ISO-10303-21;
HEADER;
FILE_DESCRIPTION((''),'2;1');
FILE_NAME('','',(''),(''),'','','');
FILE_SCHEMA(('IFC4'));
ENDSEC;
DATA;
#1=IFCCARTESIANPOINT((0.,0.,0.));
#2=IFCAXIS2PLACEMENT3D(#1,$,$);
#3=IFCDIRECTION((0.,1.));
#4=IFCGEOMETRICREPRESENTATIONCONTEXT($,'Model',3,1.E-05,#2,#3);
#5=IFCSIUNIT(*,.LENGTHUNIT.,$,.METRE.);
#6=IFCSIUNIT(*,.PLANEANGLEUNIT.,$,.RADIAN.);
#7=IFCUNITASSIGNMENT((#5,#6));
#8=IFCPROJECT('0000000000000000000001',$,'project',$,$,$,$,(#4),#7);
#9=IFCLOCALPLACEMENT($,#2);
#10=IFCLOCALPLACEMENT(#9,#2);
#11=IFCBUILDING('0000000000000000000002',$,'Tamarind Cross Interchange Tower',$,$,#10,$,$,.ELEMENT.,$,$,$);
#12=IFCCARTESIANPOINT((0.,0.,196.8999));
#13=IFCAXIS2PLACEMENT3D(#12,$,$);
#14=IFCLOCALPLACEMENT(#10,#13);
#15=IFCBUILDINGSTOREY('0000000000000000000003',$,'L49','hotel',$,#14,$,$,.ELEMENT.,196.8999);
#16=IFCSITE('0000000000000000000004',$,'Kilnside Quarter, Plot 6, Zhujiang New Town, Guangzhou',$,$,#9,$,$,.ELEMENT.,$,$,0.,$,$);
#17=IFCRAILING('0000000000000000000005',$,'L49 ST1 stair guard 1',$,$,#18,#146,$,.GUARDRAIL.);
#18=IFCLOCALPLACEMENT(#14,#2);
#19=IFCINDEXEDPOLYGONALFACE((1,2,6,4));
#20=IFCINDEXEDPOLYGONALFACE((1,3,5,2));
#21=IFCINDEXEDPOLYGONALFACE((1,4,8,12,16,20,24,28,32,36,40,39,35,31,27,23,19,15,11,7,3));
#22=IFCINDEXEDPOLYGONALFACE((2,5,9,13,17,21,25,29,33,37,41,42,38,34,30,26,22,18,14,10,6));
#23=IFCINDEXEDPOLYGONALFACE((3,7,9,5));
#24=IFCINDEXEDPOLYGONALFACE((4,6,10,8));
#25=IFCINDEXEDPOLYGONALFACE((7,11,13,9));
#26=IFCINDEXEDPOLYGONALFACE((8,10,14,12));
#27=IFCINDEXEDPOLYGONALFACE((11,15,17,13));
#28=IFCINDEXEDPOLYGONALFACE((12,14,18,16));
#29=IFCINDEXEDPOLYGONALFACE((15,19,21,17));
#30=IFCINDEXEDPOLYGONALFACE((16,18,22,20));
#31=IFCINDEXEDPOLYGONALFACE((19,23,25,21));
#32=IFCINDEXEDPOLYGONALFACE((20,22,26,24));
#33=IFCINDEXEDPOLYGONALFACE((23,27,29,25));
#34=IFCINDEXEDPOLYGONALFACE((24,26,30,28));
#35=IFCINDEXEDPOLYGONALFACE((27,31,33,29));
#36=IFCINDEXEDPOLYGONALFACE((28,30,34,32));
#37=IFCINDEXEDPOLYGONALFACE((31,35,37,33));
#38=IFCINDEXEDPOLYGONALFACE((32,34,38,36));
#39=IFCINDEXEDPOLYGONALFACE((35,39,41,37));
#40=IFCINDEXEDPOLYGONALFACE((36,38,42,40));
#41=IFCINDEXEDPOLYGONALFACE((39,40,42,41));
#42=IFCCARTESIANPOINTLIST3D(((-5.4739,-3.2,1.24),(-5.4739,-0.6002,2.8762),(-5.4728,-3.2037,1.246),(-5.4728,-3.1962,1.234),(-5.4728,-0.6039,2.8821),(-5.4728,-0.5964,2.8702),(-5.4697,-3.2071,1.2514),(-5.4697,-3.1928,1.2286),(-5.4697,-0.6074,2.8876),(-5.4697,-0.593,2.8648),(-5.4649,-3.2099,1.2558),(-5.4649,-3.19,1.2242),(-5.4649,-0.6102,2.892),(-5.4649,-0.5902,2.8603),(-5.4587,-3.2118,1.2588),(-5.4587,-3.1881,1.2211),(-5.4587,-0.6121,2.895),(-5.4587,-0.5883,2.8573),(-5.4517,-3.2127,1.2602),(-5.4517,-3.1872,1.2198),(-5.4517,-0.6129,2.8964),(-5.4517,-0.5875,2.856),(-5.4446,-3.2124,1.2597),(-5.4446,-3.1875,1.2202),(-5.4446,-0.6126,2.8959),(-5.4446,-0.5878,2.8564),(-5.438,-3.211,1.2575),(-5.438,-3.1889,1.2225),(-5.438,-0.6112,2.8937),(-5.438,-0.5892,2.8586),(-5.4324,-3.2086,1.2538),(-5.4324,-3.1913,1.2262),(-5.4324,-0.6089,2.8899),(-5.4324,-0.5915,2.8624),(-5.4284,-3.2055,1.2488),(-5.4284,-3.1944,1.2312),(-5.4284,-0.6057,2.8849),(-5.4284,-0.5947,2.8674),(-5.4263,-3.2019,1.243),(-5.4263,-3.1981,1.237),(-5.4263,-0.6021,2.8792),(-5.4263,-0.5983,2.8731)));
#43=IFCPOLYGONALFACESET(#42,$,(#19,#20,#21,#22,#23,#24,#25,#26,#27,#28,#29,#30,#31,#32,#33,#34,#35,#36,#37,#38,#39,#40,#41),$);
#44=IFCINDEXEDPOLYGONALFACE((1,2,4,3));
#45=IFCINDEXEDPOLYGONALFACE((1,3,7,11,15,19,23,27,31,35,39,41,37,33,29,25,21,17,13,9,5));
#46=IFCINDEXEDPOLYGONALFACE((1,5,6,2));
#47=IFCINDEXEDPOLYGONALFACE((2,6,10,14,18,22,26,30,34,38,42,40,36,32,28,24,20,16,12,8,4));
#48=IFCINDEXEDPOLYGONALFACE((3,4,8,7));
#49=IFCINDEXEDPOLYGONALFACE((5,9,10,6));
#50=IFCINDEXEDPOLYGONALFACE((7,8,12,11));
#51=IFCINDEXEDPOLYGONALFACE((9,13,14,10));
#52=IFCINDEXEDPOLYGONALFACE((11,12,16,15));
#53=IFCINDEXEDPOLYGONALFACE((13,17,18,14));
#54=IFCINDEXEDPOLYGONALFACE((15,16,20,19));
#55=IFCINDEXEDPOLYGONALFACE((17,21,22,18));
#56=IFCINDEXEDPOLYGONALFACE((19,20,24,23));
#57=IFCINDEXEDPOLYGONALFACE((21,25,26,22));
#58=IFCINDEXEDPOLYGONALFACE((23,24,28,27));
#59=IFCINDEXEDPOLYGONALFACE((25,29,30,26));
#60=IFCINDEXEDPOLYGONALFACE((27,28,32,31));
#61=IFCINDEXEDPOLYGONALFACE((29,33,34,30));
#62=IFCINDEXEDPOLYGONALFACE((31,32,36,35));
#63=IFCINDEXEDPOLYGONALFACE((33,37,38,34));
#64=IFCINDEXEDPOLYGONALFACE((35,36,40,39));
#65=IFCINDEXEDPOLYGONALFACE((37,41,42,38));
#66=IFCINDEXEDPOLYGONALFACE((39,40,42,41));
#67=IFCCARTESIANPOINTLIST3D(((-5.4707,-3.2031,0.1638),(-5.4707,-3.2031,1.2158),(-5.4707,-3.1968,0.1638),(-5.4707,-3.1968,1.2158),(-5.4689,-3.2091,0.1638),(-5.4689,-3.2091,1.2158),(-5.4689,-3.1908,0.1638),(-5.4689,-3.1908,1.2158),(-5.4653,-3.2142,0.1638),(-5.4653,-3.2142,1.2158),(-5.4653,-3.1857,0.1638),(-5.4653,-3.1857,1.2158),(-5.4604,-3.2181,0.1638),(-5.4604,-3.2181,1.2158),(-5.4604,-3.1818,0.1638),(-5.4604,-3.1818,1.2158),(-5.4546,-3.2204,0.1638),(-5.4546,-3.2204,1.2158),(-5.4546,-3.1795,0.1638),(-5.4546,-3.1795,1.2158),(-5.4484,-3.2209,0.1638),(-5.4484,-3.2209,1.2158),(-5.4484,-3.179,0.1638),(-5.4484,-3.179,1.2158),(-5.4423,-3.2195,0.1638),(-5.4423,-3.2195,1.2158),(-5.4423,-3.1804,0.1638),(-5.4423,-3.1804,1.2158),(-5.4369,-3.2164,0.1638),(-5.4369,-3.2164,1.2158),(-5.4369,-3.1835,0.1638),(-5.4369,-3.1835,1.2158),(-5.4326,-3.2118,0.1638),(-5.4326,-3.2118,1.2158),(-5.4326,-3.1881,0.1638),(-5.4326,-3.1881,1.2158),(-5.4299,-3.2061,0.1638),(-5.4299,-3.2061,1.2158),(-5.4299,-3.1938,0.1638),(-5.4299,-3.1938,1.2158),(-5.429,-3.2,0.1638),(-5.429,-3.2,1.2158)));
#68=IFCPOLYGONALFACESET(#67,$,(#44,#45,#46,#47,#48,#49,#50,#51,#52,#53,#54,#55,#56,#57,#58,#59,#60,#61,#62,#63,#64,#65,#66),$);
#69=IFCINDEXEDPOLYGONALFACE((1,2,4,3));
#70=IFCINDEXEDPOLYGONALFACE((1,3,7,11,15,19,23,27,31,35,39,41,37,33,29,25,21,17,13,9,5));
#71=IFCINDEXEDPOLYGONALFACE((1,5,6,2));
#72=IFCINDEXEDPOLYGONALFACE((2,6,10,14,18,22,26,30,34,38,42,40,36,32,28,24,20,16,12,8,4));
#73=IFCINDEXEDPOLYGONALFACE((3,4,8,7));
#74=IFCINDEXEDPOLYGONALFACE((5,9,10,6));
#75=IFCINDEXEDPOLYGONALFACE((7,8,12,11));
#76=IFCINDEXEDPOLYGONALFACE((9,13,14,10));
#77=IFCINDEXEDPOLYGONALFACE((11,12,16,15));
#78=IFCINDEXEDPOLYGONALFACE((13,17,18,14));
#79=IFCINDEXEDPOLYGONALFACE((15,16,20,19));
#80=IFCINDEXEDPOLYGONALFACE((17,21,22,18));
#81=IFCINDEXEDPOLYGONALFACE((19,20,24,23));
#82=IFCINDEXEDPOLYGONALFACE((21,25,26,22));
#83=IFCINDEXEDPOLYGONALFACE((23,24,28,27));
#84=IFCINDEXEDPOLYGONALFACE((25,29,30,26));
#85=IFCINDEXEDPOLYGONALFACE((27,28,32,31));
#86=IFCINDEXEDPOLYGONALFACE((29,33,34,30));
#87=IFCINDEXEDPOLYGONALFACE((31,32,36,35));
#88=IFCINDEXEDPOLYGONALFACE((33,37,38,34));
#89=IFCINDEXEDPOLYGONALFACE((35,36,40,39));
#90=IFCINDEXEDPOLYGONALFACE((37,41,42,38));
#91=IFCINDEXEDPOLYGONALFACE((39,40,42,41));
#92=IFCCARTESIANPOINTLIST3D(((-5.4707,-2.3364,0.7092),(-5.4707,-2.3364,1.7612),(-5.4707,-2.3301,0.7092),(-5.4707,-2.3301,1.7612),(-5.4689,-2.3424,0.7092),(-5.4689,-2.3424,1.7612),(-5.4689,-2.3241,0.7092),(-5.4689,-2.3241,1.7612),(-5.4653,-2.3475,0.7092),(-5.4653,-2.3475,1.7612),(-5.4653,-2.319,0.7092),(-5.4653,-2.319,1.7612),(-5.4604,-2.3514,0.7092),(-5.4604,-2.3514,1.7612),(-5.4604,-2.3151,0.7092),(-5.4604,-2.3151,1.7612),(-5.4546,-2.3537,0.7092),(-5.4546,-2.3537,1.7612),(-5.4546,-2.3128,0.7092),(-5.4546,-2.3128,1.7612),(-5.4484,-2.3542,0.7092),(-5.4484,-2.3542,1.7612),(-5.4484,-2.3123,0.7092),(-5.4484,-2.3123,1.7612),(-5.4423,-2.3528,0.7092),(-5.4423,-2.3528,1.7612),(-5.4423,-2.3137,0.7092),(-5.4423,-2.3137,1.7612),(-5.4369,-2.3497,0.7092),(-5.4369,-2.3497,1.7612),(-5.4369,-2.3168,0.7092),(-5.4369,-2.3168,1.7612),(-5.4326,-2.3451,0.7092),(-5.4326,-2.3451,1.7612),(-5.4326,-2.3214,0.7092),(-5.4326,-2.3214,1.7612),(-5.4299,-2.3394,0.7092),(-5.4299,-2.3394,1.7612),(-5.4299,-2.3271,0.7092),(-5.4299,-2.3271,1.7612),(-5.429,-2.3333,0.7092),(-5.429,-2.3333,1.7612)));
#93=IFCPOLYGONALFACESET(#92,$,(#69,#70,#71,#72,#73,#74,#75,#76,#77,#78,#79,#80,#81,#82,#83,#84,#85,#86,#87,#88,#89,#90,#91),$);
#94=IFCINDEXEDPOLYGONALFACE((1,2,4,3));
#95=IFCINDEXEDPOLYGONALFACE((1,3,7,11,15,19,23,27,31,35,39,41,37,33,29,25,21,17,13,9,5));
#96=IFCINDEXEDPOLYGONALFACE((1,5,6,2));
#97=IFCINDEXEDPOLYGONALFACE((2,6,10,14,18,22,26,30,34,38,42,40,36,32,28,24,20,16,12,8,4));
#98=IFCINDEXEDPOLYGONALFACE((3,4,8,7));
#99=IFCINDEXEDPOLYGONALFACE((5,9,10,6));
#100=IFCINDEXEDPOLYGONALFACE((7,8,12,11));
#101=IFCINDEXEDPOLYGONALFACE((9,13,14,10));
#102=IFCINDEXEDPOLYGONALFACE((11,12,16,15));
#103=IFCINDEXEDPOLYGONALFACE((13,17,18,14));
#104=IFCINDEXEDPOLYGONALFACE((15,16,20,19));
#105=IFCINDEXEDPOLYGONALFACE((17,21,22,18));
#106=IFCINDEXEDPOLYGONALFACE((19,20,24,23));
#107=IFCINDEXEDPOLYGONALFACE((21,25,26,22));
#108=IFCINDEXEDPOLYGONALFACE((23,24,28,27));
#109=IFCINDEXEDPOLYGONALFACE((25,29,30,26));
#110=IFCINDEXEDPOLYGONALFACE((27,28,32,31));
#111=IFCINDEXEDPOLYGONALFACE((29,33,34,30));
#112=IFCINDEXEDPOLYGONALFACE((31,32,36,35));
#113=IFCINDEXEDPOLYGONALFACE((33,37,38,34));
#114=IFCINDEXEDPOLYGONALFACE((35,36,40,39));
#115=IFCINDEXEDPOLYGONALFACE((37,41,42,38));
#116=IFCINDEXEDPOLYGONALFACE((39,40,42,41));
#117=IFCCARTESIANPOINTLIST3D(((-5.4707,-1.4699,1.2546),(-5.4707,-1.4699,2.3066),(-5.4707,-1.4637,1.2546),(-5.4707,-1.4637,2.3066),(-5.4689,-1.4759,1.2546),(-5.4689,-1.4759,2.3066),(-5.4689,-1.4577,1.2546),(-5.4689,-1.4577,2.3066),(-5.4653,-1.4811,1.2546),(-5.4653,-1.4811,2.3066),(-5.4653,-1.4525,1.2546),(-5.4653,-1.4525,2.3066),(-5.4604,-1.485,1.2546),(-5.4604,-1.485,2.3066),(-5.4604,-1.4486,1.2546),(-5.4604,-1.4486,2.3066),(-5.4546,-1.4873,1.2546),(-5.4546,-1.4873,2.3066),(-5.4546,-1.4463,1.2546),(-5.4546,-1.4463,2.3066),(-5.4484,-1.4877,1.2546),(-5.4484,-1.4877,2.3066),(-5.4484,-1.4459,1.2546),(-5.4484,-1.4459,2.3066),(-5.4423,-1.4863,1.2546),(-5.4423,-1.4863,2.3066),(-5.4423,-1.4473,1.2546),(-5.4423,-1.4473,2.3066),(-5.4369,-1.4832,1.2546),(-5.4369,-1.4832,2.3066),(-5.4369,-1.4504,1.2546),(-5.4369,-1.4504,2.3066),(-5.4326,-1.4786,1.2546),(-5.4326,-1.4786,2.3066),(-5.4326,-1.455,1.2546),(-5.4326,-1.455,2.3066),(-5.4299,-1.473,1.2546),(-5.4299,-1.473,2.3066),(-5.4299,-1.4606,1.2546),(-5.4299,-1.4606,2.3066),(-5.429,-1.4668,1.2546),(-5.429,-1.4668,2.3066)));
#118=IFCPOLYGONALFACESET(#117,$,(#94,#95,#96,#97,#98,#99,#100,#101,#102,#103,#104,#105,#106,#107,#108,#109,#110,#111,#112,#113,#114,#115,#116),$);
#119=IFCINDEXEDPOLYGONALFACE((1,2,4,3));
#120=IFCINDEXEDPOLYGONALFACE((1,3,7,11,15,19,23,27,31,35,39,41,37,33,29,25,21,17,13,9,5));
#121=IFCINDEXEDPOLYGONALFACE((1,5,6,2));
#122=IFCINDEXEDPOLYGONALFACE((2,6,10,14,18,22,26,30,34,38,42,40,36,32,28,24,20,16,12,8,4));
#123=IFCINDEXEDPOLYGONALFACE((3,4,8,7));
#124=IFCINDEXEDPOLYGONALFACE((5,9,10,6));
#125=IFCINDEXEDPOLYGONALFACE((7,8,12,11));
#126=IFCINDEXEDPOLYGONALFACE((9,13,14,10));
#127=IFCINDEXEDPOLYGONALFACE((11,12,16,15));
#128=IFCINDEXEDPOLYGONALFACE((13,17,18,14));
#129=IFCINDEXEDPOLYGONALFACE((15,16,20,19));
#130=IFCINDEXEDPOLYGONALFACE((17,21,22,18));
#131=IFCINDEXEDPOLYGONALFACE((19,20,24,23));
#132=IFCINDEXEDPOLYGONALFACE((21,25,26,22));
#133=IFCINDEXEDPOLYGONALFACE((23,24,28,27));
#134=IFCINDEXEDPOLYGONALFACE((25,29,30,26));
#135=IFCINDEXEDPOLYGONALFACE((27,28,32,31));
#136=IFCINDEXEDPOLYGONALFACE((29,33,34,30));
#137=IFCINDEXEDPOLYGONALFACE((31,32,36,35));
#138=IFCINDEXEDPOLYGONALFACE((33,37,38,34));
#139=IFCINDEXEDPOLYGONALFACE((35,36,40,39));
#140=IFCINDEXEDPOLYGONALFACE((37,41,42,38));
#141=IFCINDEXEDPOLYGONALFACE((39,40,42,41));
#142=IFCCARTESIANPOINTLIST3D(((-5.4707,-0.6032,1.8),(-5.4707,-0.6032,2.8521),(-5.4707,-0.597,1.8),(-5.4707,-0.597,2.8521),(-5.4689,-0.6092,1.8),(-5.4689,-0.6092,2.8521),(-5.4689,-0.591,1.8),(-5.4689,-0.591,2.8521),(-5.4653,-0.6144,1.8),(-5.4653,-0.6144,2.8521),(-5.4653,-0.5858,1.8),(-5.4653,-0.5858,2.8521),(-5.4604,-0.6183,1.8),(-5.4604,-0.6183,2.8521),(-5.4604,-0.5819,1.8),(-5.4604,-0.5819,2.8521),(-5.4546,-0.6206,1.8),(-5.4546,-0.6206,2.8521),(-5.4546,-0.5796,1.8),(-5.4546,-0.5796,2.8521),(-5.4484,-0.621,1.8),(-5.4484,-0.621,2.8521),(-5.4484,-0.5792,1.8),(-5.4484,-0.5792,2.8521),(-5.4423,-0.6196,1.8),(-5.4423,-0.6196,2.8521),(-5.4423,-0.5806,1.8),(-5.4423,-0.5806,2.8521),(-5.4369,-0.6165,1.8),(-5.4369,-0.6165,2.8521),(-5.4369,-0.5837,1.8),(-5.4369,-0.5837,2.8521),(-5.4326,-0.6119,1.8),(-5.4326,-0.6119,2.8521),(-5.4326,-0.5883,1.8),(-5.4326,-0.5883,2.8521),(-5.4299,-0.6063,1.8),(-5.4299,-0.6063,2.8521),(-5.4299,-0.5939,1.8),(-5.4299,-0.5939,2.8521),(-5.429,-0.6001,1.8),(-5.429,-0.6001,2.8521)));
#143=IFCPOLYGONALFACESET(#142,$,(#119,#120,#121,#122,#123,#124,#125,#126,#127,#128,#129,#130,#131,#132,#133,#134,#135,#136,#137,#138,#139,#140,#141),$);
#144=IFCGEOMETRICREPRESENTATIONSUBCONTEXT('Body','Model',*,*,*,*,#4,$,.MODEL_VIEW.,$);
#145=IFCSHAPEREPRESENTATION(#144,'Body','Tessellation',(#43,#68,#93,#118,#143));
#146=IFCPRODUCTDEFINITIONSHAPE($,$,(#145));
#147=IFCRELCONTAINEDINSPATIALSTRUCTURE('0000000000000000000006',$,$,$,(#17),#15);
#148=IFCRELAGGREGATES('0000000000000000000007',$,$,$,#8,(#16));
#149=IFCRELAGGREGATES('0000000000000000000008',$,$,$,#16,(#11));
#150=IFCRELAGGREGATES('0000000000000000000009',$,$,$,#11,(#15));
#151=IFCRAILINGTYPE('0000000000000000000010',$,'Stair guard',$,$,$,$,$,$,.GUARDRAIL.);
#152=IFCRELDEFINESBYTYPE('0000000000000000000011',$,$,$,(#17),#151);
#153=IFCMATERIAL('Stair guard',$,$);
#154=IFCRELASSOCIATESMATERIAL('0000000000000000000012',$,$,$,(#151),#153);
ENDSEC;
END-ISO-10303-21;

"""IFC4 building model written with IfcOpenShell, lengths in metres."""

from ifc_helpers import new_model, si_unit, direction, frame, origin, origin_2d, place, context, subcontext, project, spatial, circle, extrude, material, type_object, element, save


model = new_model("IFC4")

# Units and contexts
model_context = context("Model", 3, precision=1e-05, world=origin(), true_north=direction((0.0, 1.0)))
body_context = subcontext(model_context, "Body", "Model", "MODEL_VIEW")
ifc_project = project(units=[si_unit("LENGTHUNIT", "METRE"), si_unit("PLANEANGLEUNIT", "RADIAN")], contexts=[model_context])

# Site, building, storey
site_placement = place(None, origin())
site = spatial("IfcSite", under=ifc_project, at=site_placement, Name="Kilnside Quarter, Plot 6, Zhujiang New Town, Guangzhou", CompositionType="ELEMENT", RefElevation=0.0)
building_placement = place(site_placement, origin())
building = spatial("IfcBuilding", under=site, at=building_placement, Name="Tamarind Cross Interchange Tower", CompositionType="ELEMENT")
storey_placement = place(building_placement, frame((0.0, 0.0, 196.8999)))
storey = spatial("IfcBuildingStorey", under=building, at=storey_placement, Name="L49", Description="hotel", CompositionType="ELEMENT", Elevation=196.8999)

# Railing
ifc_material_1 = material(Name="Stair guard")
railing_type_1 = type_object("IfcRailingType", Name="Stair guard", PredefinedType="GUARDRAIL", material=ifc_material_1)
railing_1_placement = place(storey_placement, frame((-5.45, -3.2, 0.1638)))
element("IfcRailing", 1, at=railing_1_placement, inside=storey, type_object=railing_type_1, Name="L49 ST1 stair guard 1", PredefinedType="GUARDRAIL", context=body_context, shape_type="SweptSolid", body=[
    extrude(circle(Radius=0.0239, at=origin_2d()), frame((0.0, 0.0, 1.0762), z_axis=(0.0, 0.846338, 0.532647), x_axis=(-1.0, 0.0, 0.0)), (0.0, 0.0, 1.0), 3.0718),
    extrude(circle(Radius=0.021, at=origin_2d()), origin(), (0.0, 0.0, 1.0), 1.052),
    extrude(circle(Radius=0.021, at=origin_2d()), frame((0.0, 0.8667, 0.5454)), (0.0, 0.0, 1.0), 1.052),
    extrude(circle(Radius=0.021, at=origin_2d()), frame((0.0, 1.7332, 1.0908)), (0.0, 0.0, 1.0), 1.052),
    extrude(circle(Radius=0.021, at=origin_2d()), frame((0.0, 2.5999, 1.6362)), (0.0, 0.0, 1.0), 1.052),
])

save(model, "model.ifc")
